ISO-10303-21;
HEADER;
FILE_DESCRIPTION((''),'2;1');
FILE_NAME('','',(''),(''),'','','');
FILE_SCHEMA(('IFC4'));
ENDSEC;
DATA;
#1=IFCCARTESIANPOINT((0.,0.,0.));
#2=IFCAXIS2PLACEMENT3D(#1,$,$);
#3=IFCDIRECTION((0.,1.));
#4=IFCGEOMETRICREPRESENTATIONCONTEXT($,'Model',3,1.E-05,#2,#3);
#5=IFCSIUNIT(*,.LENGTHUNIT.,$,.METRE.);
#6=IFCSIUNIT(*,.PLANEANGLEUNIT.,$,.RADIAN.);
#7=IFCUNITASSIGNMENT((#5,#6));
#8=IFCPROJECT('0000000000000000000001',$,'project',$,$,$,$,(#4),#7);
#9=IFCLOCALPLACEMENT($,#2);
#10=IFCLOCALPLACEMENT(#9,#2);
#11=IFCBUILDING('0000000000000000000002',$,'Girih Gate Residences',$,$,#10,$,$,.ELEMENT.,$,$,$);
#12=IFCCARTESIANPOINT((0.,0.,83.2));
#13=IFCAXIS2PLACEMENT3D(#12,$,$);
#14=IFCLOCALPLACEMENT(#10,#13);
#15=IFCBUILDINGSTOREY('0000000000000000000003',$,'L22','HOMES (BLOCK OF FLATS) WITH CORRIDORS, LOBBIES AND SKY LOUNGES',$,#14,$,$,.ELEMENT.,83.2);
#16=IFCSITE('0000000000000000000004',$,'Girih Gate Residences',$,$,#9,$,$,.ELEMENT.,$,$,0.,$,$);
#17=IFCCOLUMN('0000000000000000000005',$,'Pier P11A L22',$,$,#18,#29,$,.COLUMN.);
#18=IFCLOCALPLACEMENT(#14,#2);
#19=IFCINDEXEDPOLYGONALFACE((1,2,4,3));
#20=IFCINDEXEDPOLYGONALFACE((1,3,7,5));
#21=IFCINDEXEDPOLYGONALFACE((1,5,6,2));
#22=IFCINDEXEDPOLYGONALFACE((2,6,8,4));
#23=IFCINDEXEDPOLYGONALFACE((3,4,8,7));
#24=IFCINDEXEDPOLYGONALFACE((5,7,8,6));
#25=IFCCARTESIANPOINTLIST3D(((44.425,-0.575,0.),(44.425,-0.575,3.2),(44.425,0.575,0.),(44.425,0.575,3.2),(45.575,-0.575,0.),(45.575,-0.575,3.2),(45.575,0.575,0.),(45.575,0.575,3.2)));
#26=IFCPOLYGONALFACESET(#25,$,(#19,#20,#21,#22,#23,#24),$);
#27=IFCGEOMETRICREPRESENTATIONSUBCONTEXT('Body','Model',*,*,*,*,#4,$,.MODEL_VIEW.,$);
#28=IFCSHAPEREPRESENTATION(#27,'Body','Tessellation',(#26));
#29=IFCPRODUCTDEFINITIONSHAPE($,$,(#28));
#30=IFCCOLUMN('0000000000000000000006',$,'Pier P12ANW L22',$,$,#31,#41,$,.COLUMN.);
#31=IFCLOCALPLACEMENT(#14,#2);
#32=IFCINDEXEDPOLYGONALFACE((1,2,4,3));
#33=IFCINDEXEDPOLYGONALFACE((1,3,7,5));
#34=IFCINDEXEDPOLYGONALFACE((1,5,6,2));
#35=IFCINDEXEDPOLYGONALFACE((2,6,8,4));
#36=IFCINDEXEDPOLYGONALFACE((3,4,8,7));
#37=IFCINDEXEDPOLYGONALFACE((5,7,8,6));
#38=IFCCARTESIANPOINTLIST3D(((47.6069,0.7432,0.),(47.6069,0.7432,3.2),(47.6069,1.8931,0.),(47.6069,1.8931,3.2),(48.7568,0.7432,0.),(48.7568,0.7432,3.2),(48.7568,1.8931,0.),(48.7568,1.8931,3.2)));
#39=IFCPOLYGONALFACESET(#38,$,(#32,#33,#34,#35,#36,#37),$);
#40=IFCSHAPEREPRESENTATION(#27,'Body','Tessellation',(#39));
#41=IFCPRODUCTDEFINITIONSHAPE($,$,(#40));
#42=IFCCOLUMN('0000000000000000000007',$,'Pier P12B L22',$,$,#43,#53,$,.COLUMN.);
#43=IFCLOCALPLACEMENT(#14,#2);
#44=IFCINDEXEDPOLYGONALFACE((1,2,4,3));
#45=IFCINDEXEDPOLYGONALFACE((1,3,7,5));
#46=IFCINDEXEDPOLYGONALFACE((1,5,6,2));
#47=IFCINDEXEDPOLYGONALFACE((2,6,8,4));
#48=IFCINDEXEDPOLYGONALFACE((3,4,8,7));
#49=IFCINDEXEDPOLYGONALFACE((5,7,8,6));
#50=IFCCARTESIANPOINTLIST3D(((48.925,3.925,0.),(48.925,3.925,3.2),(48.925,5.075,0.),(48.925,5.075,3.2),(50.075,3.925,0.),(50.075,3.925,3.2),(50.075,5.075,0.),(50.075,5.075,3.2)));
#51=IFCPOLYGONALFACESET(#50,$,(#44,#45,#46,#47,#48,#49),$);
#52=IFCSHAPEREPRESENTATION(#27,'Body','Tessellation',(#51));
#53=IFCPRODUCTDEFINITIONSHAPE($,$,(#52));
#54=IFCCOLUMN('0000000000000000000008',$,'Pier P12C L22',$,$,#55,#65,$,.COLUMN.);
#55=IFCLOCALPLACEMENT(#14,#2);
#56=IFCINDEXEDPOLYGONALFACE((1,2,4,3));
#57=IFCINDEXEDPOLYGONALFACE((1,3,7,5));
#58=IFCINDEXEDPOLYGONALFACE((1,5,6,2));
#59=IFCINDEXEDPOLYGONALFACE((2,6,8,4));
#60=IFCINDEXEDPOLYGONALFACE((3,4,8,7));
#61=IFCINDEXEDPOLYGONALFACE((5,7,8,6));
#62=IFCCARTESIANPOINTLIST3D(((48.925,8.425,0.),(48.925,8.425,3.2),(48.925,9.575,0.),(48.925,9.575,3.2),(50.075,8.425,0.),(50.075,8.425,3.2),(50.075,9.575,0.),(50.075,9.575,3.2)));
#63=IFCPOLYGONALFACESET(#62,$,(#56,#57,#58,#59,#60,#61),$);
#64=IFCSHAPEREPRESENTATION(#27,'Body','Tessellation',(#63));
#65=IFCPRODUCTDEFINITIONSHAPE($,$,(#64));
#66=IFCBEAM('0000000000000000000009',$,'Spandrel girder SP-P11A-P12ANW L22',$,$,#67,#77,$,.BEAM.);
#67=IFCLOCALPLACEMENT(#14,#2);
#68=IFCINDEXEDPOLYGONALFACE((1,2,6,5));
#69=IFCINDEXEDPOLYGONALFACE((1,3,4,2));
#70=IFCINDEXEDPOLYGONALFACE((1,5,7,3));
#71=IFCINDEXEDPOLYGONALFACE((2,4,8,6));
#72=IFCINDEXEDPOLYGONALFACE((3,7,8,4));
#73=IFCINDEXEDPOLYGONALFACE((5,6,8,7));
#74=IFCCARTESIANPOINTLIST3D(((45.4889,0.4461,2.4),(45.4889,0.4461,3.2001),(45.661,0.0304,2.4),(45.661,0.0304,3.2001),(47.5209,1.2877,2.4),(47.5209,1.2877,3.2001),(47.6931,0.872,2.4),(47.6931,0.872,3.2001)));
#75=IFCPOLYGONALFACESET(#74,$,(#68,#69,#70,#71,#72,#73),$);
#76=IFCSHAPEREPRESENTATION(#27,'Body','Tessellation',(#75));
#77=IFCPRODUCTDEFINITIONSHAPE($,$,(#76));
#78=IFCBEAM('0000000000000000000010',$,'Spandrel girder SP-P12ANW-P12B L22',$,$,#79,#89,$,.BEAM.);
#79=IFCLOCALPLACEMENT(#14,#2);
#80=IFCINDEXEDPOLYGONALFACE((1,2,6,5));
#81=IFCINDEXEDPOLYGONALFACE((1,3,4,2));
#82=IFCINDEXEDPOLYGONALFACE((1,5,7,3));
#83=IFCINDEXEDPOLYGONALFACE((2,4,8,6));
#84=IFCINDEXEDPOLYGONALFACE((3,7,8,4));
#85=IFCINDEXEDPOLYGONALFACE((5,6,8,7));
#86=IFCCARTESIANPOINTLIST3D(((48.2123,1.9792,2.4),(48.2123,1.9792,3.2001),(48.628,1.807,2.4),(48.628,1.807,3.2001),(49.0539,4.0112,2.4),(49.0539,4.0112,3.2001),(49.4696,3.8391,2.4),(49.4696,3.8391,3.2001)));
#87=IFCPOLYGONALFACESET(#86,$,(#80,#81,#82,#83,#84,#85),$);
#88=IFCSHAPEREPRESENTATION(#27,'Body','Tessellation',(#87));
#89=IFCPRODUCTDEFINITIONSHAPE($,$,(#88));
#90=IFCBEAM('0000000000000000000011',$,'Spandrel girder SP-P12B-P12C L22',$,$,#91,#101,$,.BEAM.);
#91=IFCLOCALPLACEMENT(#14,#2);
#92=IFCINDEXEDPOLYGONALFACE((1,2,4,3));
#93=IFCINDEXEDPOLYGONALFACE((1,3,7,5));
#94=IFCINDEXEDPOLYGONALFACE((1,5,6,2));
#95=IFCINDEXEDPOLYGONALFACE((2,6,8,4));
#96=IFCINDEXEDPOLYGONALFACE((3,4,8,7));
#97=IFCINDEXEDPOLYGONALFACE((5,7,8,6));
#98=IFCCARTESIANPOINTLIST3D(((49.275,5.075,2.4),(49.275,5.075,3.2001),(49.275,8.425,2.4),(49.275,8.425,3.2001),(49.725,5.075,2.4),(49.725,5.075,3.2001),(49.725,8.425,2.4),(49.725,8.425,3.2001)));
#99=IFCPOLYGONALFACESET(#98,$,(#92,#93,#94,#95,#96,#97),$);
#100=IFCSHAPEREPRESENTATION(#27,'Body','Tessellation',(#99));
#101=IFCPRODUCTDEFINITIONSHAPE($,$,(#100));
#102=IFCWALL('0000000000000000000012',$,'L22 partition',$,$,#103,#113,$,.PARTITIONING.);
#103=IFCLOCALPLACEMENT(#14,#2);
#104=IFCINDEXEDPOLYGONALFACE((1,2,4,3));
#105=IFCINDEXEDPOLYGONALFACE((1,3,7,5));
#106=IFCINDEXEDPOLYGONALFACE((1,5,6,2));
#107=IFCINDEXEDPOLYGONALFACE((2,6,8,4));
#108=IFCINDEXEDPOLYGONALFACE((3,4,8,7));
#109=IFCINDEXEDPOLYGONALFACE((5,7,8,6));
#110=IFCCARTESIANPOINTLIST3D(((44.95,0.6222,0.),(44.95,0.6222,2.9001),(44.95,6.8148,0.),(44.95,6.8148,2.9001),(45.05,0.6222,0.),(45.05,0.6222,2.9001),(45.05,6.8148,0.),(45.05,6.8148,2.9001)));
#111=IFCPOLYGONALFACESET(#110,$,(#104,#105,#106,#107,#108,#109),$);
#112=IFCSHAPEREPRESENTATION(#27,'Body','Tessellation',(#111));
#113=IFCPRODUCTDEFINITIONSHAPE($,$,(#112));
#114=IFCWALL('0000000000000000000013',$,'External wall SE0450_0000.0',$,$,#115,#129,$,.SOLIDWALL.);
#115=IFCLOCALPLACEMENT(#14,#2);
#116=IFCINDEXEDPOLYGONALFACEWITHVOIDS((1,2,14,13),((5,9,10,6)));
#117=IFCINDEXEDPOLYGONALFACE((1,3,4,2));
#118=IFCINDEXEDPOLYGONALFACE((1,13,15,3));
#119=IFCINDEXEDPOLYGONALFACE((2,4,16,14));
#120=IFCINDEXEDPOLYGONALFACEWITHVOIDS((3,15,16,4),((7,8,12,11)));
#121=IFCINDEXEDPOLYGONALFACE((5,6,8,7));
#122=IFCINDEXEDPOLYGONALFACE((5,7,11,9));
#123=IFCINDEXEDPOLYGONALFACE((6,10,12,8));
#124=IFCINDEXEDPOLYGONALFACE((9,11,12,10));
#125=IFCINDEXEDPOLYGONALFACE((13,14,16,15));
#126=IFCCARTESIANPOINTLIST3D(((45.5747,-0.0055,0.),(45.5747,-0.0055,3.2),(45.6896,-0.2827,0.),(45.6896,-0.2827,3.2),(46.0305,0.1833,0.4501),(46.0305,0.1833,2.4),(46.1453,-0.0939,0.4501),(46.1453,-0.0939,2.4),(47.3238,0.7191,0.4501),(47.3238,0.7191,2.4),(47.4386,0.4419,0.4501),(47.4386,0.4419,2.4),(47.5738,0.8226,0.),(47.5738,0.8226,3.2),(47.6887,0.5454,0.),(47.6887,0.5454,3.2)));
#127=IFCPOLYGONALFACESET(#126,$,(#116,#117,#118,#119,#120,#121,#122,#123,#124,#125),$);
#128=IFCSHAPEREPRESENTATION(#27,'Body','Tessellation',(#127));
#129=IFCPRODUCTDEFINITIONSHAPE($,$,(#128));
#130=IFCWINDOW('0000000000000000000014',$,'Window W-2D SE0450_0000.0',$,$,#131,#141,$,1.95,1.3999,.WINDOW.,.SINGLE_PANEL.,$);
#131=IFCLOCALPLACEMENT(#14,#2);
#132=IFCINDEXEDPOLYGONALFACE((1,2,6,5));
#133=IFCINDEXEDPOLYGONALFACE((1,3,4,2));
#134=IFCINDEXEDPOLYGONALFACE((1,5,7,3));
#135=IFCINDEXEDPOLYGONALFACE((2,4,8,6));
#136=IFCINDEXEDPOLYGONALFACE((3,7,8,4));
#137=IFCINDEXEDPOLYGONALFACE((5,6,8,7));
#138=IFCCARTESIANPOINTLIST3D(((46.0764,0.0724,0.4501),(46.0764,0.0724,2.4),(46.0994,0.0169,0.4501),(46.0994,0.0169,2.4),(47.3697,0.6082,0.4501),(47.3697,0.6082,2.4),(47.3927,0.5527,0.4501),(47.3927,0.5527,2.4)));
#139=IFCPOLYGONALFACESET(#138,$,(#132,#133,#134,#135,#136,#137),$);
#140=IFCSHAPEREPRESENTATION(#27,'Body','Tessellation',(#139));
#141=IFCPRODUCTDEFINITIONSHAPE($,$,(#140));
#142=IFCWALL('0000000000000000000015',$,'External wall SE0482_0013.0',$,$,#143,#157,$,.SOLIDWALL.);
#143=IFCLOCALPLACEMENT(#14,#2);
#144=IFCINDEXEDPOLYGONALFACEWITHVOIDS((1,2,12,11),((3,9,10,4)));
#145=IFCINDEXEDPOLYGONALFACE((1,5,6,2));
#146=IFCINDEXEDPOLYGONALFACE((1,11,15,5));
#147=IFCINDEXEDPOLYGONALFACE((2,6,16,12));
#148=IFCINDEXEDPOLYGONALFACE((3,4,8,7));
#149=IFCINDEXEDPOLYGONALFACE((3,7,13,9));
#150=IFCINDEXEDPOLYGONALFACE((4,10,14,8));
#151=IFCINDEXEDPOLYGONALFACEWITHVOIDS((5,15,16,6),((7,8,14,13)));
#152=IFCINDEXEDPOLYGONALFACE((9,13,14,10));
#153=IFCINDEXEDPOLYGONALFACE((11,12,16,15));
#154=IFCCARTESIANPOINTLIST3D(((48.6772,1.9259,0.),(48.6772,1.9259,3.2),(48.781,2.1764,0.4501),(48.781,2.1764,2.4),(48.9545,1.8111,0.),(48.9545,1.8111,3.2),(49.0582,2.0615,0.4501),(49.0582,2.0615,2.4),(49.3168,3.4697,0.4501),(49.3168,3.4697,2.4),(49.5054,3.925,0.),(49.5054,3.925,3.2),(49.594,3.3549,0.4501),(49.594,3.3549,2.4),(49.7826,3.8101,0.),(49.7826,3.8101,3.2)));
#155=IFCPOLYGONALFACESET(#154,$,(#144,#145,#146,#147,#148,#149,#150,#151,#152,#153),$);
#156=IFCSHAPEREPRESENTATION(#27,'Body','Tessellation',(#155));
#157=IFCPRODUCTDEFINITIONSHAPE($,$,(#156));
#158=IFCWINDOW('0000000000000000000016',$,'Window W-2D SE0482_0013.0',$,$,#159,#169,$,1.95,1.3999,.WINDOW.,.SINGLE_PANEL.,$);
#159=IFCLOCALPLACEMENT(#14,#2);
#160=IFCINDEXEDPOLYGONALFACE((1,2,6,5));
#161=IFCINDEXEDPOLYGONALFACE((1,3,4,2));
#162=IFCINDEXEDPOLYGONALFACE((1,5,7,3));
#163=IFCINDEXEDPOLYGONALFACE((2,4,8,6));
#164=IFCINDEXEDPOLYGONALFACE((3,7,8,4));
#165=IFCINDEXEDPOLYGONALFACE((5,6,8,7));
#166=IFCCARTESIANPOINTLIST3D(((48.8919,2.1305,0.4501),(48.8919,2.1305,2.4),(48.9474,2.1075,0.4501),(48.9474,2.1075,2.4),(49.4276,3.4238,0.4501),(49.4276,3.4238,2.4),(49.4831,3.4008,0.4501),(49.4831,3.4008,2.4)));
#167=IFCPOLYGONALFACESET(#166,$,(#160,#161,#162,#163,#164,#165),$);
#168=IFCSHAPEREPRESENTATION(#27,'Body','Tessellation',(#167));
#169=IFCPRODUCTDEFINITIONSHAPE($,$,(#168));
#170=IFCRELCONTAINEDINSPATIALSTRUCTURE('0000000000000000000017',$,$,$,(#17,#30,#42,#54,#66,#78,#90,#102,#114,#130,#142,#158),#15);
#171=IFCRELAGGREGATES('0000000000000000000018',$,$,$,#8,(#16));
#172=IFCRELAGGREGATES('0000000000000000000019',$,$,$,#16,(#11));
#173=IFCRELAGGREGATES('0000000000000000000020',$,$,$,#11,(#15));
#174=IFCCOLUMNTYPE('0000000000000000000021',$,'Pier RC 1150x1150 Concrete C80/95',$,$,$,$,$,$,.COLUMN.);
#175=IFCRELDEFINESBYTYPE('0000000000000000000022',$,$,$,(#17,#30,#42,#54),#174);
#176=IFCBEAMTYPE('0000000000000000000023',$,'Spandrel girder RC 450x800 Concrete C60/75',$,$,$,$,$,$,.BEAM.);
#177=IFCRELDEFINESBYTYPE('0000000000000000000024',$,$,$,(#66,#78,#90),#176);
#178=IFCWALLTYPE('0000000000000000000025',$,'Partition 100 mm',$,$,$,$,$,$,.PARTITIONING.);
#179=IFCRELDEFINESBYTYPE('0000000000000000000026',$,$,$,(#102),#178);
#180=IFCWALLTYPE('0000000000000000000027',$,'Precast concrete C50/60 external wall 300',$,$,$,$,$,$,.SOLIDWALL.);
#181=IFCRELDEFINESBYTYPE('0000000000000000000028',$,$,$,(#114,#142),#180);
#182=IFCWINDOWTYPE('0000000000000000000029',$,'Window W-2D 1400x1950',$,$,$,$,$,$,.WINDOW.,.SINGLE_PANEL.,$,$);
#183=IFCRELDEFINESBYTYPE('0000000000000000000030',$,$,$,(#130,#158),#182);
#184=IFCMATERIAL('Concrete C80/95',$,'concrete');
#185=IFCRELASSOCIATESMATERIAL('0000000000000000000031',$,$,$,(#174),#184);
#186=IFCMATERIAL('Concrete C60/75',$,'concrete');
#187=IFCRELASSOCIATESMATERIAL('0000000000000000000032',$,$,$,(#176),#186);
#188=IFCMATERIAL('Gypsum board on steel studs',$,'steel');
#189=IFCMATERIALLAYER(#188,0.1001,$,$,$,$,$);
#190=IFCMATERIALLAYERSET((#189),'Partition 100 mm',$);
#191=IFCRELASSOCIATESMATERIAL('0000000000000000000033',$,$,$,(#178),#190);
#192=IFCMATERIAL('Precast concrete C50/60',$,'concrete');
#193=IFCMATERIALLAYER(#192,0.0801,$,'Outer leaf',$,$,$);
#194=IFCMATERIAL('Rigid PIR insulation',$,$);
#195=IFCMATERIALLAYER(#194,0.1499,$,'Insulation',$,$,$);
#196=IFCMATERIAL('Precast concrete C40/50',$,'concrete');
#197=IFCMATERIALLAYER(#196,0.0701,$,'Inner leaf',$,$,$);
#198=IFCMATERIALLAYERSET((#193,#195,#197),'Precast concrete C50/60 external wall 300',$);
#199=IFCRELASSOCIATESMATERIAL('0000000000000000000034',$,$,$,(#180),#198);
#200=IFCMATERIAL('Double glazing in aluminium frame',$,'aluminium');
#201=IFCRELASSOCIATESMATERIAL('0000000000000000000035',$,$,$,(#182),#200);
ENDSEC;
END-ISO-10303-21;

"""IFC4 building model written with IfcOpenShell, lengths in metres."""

from ifc_helpers import new_model, si_unit, direction, frame, frame_2d, origin, origin_2d, place, context, subcontext, project, spatial, rectangle, extrude, material, layer, layer_set, material_profile, profile_set, type_object, element, fill, save


model = new_model("IFC4")

# Units and contexts
model_context = context("Model", 3, precision=1e-05, world=origin(), true_north=direction((0.0, 1.0)))
body_context = subcontext(model_context, "Body", "Model", "MODEL_VIEW")
ifc_project = project(units=[si_unit("LENGTHUNIT", "METRE"), si_unit("PLANEANGLEUNIT", "RADIAN")], contexts=[model_context])

# Site, building, storey
site_placement = place(None, origin())
site = spatial("IfcSite", under=ifc_project, at=site_placement, Name="Girih Gate Residences", CompositionType="ELEMENT", RefElevation=0.0)
building_placement = place(site_placement, origin())
building = spatial("IfcBuilding", under=site, at=building_placement, Name="Girih Gate Residences", CompositionType="ELEMENT")
storey_placement = place(building_placement, frame((0.0, 0.0, 83.2)))
storey = spatial("IfcBuildingStorey", under=building, at=storey_placement, Name="L22", Description="HOMES (BLOCK OF FLATS) WITH CORRIDORS, LOBBIES AND SKY LOUNGES", CompositionType="ELEMENT", Elevation=83.2)

# Columns
ifc_material_1 = material(Name="Concrete C80/95", Category="concrete")
ifc_material_profile_1 = material_profile(ifc_material_1, rectangle(XDim=1.1499, YDim=1.1499, at=origin_2d()))
ifc_profile_set_1 = profile_set([ifc_material_profile_1], Name="Concrete C80/95")
column_type = type_object("IfcColumnType", Name="Pier RC 1150x1150 Concrete C80/95", PredefinedType="COLUMN", material=ifc_profile_set_1)
for number, where, z_axis, x_axis, name in (
    (1, (45.0, 0.0, 0.0), (0.0, 0.0, 1.0), (1.0, 0.0, 0.0), "Pier P11A L22"),
    (2, (48.1819, 1.3181, 0.0), (0.0, 0.0, 1.0), (1.0, 0.0, 0.0), "Pier P12ANW L22"),
    (3, (49.5, 4.5, 0.0), (0.0, 0.0, 1.0), (1.0, 0.0, 0.0), "Pier P12B L22"),
    (4, (49.5, 9.0, 0.0), (0.0, 0.0, 1.0), (1.0, 0.0, 0.0), "Pier P12C L22"),
):
    element("IfcColumn", number, at=place(storey_placement, frame(where, z_axis=z_axis, x_axis=x_axis)), inside=storey, type_object=column_type, Name=name, PredefinedType="COLUMN", context=body_context, shape_type="SweptSolid", body=[
        extrude(rectangle(XDim=1.1499, YDim=1.1499, at=origin_2d()), origin(), (0.0, 0.0, 1.0), 3.2),
    ])

# Beams
ifc_material_2 = material(Name="Concrete C60/75", Category="concrete")
ifc_material_profile_2 = material_profile(ifc_material_2, rectangle(XDim=0.45, YDim=0.8, at=origin_2d()))
ifc_profile_set_2 = profile_set([ifc_material_profile_2], Name="Concrete C60/75")
beam_type = type_object("IfcBeamType", Name="Spandrel girder RC 450x800 Concrete C60/75", PredefinedType="BEAM", material=ifc_profile_set_2)
for number, where, z_axis, x_axis, name in (
    (5, (45.575, 0.2383, 2.8), (0.923899, 0.382636, 0.0), (-0.382636, 0.923899, 0.0), "Spandrel girder SP-P11A-P12ANW L22"),
    (6, (48.4202, 1.8931, 2.8), (0.382636, 0.923899, 0.0), (-0.923899, 0.382636, 0.0), "Spandrel girder SP-P12ANW-P12B L22"),
):
    element("IfcBeam", number, at=place(storey_placement, frame(where, z_axis=z_axis, x_axis=x_axis)), inside=storey, type_object=beam_type, Name=name, PredefinedType="BEAM", context=body_context, shape_type="SweptSolid", body=[
        extrude(rectangle(XDim=0.45, YDim=0.8, at=origin_2d()), origin(), (0.0, 0.0, 1.0), 2.1995),
    ])
beam_placement = place(storey_placement, frame((49.5, 5.075, 2.8), z_axis=(0.0, 1.0, 0.0), x_axis=(-1.0, 0.0, 0.0)))
element("IfcBeam", 7, at=beam_placement, inside=storey, type_object=beam_type, Name="Spandrel girder SP-P12B-P12C L22", PredefinedType="BEAM", context=body_context, shape_type="SweptSolid", body=[
    extrude(rectangle(XDim=0.45, YDim=0.8, at=origin_2d()), origin(), (0.0, 0.0, 1.0), 3.3501),
])

# Wall
ifc_material_3 = material(Name="Gypsum board on steel studs", Category="steel")
ifc_layer_1 = layer(ifc_material_3, 0.1001)
ifc_layer_set_1 = layer_set([ifc_layer_1], Name="Partition 100 mm")
wall_type_1 = type_object("IfcWallType", Name="Partition 100 mm", PredefinedType="PARTITIONING", material=ifc_layer_set_1)
wall_1_placement = place(storey_placement, frame((45.0, 0.6223, 0.0), z_axis=(0.0, 0.0, 1.0), x_axis=(0.0, 1.0, 0.0)))
element("IfcWall", 8, at=wall_1_placement, inside=storey, type_object=wall_type_1, Name="L22 partition", PredefinedType="PARTITIONING", context=body_context, shape_type="SweptSolid", body=[
    extrude(rectangle(XDim=6.1926, YDim=0.1001, at=frame_2d((3.0962, 0.0))), origin(), (0.0, 0.0, 1.0), 2.9001),
])

# Walls, openings, windows
ifc_material_4 = material(Name="Precast concrete C50/60", Category="concrete")
ifc_layer_2 = layer(ifc_material_4, 0.0801, Name="Outer leaf")
ifc_material_5 = material(Name="Rigid PIR insulation")
ifc_layer_3 = layer(ifc_material_5, 0.1499, Name="Insulation")
ifc_material_6 = material(Name="Precast concrete C40/50", Category="concrete")
ifc_layer_4 = layer(ifc_material_6, 0.0701, Name="Inner leaf")
ifc_layer_set_2 = layer_set([ifc_layer_2, ifc_layer_3, ifc_layer_4], Name="Precast concrete C50/60 external wall 300")
wall_type_2 = type_object("IfcWallType", Name="Precast concrete C50/60 external wall 300", PredefinedType="SOLIDWALL", material=ifc_layer_set_2)
wall_2_placement = place(storey_placement, frame((47.6313, 0.6841, 0.0), z_axis=(0.0, 0.0, 1.0), x_axis=(-0.923863, -0.382724, 0.0)))
wall_2 = element("IfcWall", 9, at=wall_2_placement, inside=storey, type_object=wall_type_2, Name="External wall SE0450_0000.0", PredefinedType="SOLIDWALL", context=body_context, shape_type="SweptSolid", body=[
    extrude(rectangle(XDim=2.1638, YDim=0.3, at=frame_2d((1.082, 0.0))), origin(), (0.0, 0.0, 1.0), 3.2),
])
opening_1_placement = place(wall_2_placement, frame((0.2708, 0.0, 0.45)))
opening_1 = element("IfcOpeningElement", 10, at=opening_1_placement, cuts=wall_2, PredefinedType="OPENING", context=body_context, shape_type="SweptSolid", body=[
    extrude(rectangle(XDim=1.3999, YDim=1.95, at=frame_2d((0.7, 0.9751))), frame((0.0, 0.1599, 0.0), z_axis=(0.0, -1.0, 0.0), x_axis=(1.0, 0.0, 0.0)), (0.0, 0.0, 1.0), 0.3201),
])
ifc_material_7 = material(Name="Double glazing in aluminium frame", Category="aluminium")
window_type_1 = type_object("IfcWindowType", Name="Window W-2D 1400x1950", PartitioningType="SINGLE_PANEL", PredefinedType="WINDOW", material=ifc_material_7)
window_1_placement = place(opening_1_placement, origin())
window_1 = element("IfcWindow", 11, at=window_1_placement, inside=storey, type_object=window_type_1, Name="Window W-2D SE0450_0000.0", OverallHeight=1.95, OverallWidth=1.3999, PartitioningType="SINGLE_PANEL", PredefinedType="WINDOW", context=body_context, shape_type="SweptSolid", body=[
    extrude(rectangle(XDim=1.3999, YDim=1.95, at=frame_2d((0.7, 0.9751))), frame((0.0, 0.03, 0.0), z_axis=(0.0, -1.0, 0.0), x_axis=(1.0, 0.0, 0.0)), (0.0, 0.0, 1.0), 0.0601),
])
fill(opening_1, window_1)
wall_3_placement = place(storey_placement, frame((49.644, 3.8677, 0.0), z_axis=(0.0, 0.0, 1.0), x_axis=(-0.382724, -0.923863, 0.0)))
wall_3 = element("IfcWall", 12, at=wall_3_placement, inside=storey, type_object=wall_type_2, Name="External wall SE0482_0013.0", PredefinedType="SOLIDWALL", context=body_context, shape_type="SweptSolid", body=[
    extrude(rectangle(XDim=2.1638, YDim=0.3, at=frame_2d((1.082, 0.0))), origin(), (0.0, 0.0, 1.0), 3.2),
])
opening_2_placement = place(wall_3_placement, frame((0.4929, 0.0, 0.45)))
opening_2 = element("IfcOpeningElement", 13, at=opening_2_placement, cuts=wall_3, PredefinedType="OPENING", context=body_context, shape_type="SweptSolid", body=[
    extrude(rectangle(XDim=1.3999, YDim=1.95, at=frame_2d((0.7, 0.9751))), frame((0.0, 0.1599, 0.0), z_axis=(0.0, -1.0, 0.0), x_axis=(1.0, 0.0, 0.0)), (0.0, 0.0, 1.0), 0.3201),
])
window_2_placement = place(opening_2_placement, origin())
window_2 = element("IfcWindow", 14, at=window_2_placement, inside=storey, type_object=window_type_1, Name="Window W-2D SE0482_0013.0", OverallHeight=1.95, OverallWidth=1.3999, PartitioningType="SINGLE_PANEL", PredefinedType="WINDOW", context=body_context, shape_type="SweptSolid", body=[
    extrude(rectangle(XDim=1.3999, YDim=1.95, at=frame_2d((0.7, 0.9751))), frame((0.0, 0.03, 0.0), z_axis=(0.0, -1.0, 0.0), x_axis=(1.0, 0.0, 0.0)), (0.0, 0.0, 1.0), 0.0601),
])
fill(opening_2, window_2)

save(model, "model.ifc")
